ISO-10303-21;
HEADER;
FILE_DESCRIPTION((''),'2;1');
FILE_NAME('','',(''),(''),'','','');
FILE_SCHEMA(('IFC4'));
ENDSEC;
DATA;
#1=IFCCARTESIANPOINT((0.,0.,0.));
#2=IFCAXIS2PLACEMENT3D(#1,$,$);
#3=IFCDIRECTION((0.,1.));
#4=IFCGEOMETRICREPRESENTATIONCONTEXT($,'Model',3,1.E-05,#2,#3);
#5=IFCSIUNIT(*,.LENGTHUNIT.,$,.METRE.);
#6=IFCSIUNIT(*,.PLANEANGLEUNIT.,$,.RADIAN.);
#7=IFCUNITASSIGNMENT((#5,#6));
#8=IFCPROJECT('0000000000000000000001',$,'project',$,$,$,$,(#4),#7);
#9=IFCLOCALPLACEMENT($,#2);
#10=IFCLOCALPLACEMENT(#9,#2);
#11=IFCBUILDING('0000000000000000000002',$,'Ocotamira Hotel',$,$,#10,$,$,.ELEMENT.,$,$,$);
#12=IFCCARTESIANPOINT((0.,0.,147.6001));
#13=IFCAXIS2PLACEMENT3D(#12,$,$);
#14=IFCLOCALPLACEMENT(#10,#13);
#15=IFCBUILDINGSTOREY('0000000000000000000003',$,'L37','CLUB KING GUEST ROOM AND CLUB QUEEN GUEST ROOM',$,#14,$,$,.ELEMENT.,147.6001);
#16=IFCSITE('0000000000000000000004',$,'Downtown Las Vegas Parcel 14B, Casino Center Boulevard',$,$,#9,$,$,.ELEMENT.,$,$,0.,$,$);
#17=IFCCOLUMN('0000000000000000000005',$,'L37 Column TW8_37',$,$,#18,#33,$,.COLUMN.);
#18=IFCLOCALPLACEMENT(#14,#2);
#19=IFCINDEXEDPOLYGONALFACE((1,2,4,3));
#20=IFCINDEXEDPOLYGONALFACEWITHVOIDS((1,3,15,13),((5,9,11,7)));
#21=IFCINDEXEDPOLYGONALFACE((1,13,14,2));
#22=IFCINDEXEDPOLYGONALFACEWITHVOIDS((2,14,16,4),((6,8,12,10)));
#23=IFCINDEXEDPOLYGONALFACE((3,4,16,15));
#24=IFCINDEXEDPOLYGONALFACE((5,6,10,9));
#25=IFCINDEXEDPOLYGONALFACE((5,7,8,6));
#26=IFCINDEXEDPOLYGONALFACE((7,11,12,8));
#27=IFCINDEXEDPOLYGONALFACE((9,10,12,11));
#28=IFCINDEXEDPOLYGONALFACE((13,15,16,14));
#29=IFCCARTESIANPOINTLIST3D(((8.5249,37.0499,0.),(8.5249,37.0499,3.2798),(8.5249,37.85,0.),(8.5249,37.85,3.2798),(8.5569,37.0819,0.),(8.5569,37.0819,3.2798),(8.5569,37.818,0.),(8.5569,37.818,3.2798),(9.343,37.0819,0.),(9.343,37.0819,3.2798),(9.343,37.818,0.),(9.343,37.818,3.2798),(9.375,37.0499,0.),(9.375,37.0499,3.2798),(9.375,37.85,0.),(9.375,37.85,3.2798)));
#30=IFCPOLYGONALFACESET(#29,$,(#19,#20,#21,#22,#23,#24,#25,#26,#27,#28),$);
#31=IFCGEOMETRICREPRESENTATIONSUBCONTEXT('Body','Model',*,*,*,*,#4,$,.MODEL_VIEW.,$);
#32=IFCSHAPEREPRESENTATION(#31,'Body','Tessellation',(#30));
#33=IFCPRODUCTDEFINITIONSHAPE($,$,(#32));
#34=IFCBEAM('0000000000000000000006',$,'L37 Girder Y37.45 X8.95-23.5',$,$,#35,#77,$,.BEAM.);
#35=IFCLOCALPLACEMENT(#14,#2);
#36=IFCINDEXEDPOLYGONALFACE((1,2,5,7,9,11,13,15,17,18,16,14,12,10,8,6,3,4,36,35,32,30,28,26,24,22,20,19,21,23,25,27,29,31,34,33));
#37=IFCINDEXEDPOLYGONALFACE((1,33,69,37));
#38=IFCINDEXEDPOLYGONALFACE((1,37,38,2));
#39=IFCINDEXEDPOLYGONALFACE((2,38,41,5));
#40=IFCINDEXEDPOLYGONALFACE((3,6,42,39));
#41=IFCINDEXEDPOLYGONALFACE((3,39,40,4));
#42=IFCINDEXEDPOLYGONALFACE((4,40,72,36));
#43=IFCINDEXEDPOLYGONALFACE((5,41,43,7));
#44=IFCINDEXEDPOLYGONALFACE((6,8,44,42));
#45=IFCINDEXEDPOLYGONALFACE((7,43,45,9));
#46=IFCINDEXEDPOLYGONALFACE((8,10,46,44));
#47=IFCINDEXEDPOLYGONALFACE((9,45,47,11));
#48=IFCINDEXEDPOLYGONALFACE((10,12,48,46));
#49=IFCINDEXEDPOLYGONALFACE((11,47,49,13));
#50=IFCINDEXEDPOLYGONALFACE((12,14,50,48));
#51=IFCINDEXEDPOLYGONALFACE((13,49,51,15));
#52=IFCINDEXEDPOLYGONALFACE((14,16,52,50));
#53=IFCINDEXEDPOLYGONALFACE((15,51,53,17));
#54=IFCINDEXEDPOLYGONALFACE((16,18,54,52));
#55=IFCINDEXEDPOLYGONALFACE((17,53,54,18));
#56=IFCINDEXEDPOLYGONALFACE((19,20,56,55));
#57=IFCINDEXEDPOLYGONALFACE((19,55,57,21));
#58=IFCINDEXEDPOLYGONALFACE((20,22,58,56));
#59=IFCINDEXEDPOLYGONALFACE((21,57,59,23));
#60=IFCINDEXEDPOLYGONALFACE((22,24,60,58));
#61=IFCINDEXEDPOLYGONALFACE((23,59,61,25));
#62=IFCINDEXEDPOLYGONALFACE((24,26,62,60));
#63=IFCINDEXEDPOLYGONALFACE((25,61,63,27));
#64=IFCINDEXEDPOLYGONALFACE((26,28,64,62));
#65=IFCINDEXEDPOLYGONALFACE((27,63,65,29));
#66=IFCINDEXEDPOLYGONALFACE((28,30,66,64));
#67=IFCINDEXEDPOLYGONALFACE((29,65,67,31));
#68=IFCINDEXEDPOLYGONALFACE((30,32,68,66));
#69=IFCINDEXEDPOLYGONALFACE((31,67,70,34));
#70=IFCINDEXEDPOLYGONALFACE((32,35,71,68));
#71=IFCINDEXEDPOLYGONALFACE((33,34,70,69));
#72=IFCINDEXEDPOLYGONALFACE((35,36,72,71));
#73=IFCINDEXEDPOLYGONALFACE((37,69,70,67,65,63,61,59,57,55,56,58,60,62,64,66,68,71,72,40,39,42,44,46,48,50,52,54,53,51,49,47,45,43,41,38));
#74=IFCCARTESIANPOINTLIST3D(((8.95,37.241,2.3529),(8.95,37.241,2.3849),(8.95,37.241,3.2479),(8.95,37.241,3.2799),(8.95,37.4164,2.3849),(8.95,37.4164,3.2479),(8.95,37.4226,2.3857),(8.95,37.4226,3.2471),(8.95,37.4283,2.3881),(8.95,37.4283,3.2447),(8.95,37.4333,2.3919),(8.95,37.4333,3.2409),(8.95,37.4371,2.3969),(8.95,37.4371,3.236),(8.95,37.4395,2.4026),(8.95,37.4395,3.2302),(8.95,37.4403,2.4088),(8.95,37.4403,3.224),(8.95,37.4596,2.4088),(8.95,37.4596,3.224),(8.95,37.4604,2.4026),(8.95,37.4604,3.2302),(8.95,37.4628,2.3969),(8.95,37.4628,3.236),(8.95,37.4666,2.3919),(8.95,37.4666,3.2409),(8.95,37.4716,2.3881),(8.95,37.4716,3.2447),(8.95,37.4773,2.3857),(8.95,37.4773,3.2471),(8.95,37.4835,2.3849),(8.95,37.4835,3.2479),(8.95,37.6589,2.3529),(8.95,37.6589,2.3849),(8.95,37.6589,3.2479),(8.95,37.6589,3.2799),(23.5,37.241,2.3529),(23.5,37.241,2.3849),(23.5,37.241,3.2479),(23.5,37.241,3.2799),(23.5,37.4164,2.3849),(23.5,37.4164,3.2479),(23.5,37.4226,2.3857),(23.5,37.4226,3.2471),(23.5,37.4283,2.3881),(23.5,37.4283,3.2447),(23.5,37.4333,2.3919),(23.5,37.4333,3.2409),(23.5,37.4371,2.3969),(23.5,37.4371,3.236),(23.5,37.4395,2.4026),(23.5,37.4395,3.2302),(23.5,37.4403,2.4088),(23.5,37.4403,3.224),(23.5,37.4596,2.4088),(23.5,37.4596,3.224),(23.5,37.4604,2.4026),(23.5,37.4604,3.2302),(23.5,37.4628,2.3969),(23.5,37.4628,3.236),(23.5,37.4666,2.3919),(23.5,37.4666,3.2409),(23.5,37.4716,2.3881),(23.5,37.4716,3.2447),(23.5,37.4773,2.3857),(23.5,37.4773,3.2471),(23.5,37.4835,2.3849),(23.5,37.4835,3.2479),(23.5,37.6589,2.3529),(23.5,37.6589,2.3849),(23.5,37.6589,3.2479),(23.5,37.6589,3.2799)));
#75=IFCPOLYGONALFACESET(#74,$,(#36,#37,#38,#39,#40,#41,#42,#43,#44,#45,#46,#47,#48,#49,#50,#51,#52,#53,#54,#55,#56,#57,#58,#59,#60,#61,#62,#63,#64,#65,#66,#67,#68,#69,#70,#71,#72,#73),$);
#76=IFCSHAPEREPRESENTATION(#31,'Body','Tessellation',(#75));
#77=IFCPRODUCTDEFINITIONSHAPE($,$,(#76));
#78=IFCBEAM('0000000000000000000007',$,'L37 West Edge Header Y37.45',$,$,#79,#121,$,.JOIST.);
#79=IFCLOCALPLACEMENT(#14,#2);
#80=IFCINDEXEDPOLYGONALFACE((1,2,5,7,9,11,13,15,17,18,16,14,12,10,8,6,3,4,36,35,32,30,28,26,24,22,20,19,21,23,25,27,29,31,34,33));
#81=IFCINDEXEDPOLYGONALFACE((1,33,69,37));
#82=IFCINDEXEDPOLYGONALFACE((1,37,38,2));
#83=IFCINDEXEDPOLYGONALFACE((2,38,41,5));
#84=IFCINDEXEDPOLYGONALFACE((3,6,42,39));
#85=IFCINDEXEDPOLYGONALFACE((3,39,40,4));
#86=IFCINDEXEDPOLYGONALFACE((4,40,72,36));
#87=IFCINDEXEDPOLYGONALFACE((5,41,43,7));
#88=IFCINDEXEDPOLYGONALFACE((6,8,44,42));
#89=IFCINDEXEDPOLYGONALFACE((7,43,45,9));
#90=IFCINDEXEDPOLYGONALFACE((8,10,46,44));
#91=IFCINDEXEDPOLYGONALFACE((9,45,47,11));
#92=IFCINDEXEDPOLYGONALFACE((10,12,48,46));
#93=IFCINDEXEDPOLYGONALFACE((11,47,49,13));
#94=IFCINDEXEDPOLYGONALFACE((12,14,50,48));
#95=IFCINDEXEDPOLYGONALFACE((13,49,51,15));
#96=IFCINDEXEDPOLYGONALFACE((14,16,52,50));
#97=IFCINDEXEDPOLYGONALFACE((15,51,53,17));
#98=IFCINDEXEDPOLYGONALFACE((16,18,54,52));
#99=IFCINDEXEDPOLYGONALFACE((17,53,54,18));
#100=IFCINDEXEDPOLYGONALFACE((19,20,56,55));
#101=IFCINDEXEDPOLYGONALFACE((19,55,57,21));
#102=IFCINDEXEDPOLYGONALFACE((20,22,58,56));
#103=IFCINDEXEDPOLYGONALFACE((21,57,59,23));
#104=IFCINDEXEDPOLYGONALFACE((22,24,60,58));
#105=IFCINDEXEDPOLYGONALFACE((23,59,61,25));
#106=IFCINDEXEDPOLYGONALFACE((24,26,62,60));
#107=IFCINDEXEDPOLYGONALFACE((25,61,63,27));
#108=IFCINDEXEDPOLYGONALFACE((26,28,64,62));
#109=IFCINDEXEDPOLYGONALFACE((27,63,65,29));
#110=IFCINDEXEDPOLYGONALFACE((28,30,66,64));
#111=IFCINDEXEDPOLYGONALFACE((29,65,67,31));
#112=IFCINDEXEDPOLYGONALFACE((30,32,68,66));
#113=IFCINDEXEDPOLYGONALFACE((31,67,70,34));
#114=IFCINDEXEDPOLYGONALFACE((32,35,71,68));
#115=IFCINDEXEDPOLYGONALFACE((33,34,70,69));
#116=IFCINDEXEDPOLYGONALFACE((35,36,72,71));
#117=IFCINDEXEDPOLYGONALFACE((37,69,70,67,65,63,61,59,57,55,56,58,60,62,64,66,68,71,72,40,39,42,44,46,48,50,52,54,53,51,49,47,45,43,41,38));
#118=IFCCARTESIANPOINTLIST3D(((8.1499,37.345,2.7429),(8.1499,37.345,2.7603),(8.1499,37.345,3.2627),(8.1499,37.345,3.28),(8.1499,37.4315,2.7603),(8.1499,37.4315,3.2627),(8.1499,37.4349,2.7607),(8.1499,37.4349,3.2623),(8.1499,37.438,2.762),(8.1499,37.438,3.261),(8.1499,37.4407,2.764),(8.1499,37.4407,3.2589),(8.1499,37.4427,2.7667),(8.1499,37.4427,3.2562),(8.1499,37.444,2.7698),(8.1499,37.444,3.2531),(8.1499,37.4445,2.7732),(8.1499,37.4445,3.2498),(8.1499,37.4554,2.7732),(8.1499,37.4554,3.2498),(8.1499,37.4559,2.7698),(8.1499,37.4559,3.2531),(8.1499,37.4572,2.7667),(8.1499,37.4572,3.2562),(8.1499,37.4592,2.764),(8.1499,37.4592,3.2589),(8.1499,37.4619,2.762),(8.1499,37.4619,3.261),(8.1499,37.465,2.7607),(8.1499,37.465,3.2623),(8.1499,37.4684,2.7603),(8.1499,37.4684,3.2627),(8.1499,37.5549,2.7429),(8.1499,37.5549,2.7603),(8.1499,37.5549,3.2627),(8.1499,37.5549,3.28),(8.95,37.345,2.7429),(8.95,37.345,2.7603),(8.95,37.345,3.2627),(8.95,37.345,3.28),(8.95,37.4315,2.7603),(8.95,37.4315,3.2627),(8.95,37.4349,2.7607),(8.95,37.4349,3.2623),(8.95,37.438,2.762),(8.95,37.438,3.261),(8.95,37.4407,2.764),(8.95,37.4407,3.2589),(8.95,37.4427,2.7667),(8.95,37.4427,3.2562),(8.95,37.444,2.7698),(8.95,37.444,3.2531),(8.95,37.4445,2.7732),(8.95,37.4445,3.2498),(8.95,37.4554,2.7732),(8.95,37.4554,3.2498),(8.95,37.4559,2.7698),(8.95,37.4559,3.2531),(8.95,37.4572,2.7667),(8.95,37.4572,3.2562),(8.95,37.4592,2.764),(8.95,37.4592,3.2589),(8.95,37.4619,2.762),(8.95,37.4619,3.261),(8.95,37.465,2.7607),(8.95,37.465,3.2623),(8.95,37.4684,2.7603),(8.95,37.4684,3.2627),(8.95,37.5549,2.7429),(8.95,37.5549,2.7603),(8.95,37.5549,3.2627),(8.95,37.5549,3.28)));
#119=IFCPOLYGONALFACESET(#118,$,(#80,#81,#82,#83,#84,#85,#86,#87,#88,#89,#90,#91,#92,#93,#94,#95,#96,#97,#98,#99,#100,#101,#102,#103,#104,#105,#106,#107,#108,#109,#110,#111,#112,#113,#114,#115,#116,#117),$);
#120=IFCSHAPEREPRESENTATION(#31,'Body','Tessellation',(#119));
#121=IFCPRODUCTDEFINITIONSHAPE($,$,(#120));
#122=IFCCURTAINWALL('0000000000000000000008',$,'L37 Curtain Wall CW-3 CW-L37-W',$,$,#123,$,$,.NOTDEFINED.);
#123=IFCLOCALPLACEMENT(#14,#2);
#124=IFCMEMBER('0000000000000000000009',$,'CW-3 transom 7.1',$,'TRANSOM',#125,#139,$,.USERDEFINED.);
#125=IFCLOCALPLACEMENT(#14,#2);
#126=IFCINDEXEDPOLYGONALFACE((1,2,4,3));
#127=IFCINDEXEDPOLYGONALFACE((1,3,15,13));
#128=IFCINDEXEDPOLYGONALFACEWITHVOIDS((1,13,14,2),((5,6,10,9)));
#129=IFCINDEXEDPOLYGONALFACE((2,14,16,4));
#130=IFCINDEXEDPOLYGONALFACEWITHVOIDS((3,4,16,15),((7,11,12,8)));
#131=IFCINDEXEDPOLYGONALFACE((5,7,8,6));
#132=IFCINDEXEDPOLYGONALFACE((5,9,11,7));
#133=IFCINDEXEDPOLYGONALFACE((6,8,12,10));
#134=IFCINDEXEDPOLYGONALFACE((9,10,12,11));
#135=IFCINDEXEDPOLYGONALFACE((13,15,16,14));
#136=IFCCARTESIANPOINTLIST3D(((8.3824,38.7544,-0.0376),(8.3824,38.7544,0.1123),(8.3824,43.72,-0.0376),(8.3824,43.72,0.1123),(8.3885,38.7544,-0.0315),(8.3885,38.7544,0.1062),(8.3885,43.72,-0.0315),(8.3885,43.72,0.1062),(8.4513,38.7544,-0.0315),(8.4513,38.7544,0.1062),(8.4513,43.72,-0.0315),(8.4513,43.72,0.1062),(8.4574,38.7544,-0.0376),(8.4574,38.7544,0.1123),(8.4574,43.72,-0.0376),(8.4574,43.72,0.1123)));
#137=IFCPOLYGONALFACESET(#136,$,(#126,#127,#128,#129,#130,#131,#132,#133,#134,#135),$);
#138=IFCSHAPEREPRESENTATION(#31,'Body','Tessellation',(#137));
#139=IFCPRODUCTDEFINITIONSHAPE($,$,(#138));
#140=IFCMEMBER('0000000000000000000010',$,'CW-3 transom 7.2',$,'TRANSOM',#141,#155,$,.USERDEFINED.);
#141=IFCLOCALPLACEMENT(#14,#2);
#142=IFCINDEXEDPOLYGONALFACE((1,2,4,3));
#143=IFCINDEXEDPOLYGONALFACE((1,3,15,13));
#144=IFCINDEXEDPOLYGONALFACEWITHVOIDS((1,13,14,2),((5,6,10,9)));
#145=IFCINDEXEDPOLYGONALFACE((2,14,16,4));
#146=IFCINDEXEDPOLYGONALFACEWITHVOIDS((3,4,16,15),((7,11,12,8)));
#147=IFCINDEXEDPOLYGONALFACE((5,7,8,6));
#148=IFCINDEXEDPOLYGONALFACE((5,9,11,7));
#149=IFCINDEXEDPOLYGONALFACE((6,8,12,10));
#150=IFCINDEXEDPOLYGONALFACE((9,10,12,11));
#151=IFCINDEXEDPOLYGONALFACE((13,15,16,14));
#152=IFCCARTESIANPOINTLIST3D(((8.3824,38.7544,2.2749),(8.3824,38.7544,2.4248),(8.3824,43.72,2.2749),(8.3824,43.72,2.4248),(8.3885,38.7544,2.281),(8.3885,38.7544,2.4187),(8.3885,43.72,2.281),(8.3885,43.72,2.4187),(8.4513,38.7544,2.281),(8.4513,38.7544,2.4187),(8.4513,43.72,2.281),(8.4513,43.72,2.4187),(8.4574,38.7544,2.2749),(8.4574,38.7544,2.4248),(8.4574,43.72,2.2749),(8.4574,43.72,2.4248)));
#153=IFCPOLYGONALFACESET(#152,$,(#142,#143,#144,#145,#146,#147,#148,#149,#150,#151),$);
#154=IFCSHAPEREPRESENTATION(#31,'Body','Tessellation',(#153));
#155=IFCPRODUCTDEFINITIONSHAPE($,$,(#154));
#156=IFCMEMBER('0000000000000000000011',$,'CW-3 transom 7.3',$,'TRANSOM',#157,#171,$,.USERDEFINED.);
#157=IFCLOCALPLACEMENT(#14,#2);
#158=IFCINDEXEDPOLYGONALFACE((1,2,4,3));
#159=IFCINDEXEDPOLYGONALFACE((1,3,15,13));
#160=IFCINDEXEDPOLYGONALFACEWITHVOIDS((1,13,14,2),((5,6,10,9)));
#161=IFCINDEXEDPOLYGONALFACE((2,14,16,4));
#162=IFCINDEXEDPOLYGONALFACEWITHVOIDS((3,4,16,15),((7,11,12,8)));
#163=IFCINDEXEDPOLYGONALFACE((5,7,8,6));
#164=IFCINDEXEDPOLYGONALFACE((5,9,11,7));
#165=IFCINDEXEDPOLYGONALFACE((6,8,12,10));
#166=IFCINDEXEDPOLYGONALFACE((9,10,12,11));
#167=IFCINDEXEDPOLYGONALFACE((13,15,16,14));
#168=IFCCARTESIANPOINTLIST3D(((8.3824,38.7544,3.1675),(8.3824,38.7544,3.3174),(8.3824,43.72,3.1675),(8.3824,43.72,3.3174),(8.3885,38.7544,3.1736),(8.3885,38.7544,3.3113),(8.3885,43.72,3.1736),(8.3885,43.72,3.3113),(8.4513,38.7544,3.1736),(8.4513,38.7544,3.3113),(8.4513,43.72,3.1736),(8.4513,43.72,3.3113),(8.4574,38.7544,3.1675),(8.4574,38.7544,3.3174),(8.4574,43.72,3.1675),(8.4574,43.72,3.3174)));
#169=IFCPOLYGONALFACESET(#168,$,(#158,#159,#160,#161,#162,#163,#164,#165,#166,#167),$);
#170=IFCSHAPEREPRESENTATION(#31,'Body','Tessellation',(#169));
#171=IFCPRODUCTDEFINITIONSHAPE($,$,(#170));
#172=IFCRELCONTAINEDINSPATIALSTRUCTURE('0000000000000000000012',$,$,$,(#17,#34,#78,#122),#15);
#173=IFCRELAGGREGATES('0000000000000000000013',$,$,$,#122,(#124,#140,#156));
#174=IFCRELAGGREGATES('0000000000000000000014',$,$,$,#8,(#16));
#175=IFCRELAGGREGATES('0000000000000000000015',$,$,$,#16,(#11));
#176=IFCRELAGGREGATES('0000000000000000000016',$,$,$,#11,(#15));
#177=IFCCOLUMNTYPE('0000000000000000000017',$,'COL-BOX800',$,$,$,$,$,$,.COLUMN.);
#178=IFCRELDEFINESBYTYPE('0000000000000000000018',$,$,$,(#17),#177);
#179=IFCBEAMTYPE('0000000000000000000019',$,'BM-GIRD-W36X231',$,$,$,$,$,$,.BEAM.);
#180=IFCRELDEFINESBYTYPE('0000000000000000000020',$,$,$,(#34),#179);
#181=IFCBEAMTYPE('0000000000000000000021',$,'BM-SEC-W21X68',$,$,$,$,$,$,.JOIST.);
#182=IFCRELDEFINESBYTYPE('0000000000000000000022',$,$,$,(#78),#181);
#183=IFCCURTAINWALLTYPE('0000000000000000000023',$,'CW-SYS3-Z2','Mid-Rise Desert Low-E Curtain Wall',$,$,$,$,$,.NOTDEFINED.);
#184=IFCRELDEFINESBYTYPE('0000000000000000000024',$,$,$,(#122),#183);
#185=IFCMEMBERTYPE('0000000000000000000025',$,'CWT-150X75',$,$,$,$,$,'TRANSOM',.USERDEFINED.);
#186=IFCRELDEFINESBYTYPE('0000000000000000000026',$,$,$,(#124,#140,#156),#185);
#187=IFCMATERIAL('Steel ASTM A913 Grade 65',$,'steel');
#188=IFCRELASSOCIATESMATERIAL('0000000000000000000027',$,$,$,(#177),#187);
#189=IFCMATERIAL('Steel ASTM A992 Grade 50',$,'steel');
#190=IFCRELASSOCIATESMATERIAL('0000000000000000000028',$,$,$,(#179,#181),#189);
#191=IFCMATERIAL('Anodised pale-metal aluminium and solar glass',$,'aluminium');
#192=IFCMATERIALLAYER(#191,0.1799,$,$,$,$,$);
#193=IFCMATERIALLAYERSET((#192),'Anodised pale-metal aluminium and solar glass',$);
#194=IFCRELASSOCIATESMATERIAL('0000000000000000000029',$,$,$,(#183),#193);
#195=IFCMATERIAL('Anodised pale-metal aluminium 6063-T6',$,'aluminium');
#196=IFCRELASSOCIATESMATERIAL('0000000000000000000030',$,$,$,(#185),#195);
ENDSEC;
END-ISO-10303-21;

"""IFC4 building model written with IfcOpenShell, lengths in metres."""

from ifc_helpers import new_model, si_unit, direction, frame, origin, origin_2d, place, context, subcontext, project, spatial, hollow_rectangle, i_section, extrude, source, transform, mapped, material, layer, layer_set, material_profile, profile_set, type_object, element, aggregate, save


model = new_model("IFC4")

# Units and contexts
model_context = context("Model", 3, precision=1e-05, world=origin(), true_north=direction((0.0, 1.0)))
body_context = subcontext(model_context, "Body", "Model", "MODEL_VIEW")
ifc_project = project(units=[si_unit("LENGTHUNIT", "METRE"), si_unit("PLANEANGLEUNIT", "RADIAN")], contexts=[model_context])

# Site, building, storey
site_placement = place(None, origin())
site = spatial("IfcSite", under=ifc_project, at=site_placement, Name="Downtown Las Vegas Parcel 14B, Casino Center Boulevard", CompositionType="ELEMENT", RefElevation=0.0)
building_placement = place(site_placement, origin())
building = spatial("IfcBuilding", under=site, at=building_placement, Name="Ocotamira Hotel", CompositionType="ELEMENT")
storey_placement = place(building_placement, frame((0.0, 0.0, 147.6001)))
storey = spatial("IfcBuildingStorey", under=building, at=storey_placement, Name="L37", Description="CLUB KING GUEST ROOM AND CLUB QUEEN GUEST ROOM", CompositionType="ELEMENT", Elevation=147.6001)

# Column
ifc_material_1 = material(Name="Steel ASTM A913 Grade 65", Category="steel")
ifc_material_profile_1 = material_profile(ifc_material_1, hollow_rectangle(XDim=0.8501, YDim=0.8, WallThickness=0.032, at=origin_2d()), Name="BOX800X850X32")
ifc_profile_set_1 = profile_set([ifc_material_profile_1], Name="Steel ASTM A913 Grade 65")
column_type = type_object("IfcColumnType", Name="COL-BOX800", PredefinedType="COLUMN", material=ifc_profile_set_1)
shared_shape_1 = source(origin(), body_context, "Body", "SweptSolid", [
    extrude(hollow_rectangle(XDim=0.8501, YDim=0.8, WallThickness=0.032, at=origin_2d()), origin(), (0.0, 0.0, 1.0), 3.2798),
])
column_placement = place(storey_placement, frame((8.95, 37.45, 0.0), z_axis=(0.0, 0.0, 1.0), x_axis=(1.0, 0.0, 0.0)))
element("IfcColumn", 1, at=column_placement, inside=storey, type_object=column_type, Name="L37 Column TW8_37", PredefinedType="COLUMN", context=body_context, shape_type="MappedRepresentation", body=[
    mapped(shared_shape_1, transform((0.0, 0.0, 0.0), scale=1.0)),
])

# Beams
ifc_material_2 = material(Name="Steel ASTM A992 Grade 50", Category="steel")
ifc_material_profile_2 = material_profile(ifc_material_2, i_section(OverallWidth=0.418, OverallDepth=0.927, WebThickness=0.0193, FlangeThickness=0.032, FilletRadius=0.0239, at=origin_2d()), Name="W36X231")
ifc_profile_set_2 = profile_set([ifc_material_profile_2], Name="Steel ASTM A992 Grade 50")
beam_type_1 = type_object("IfcBeamType", Name="BM-GIRD-W36X231", PredefinedType="BEAM", material=ifc_profile_set_2)
shared_shape_2 = source(origin(), body_context, "Body", "SweptSolid", [
    extrude(i_section(OverallWidth=0.418, OverallDepth=0.927, WebThickness=0.0193, FlangeThickness=0.032, FilletRadius=0.0239, at=origin_2d()), origin(), (0.0, 0.0, 1.0), 14.55),
])
beam_1_placement = place(storey_placement, frame((8.95, 37.45, 2.8164), z_axis=(1.0, 0.0, 0.0), x_axis=(0.0, 1.0, 0.0)))
element("IfcBeam", 2, at=beam_1_placement, inside=storey, type_object=beam_type_1, Name="L37 Girder Y37.45 X8.95-23.5", PredefinedType="BEAM", context=body_context, shape_type="MappedRepresentation", body=[
    mapped(shared_shape_2, transform((0.0, 0.0, 0.0), scale=1.0)),
])
ifc_material_profile_3 = material_profile(ifc_material_2, i_section(OverallWidth=0.21, OverallDepth=0.5371, WebThickness=0.011, FlangeThickness=0.0173, FilletRadius=0.0129, at=origin_2d()), Name="W21X68")
ifc_profile_set_3 = profile_set([ifc_material_profile_3], Name="Steel ASTM A992 Grade 50")
beam_type_2 = type_object("IfcBeamType", Name="BM-SEC-W21X68", PredefinedType="JOIST", material=ifc_profile_set_3)
shared_shape_3 = source(origin(), body_context, "Body", "SweptSolid", [
    extrude(i_section(OverallWidth=0.21, OverallDepth=0.5371, WebThickness=0.011, FlangeThickness=0.0173, FilletRadius=0.0129, at=origin_2d()), origin(), (0.0, 0.0, 1.0), 0.8),
])
beam_2_placement = place(storey_placement, frame((8.95, 37.45, 3.0115), z_axis=(-1.0, 0.0, 0.0), x_axis=(0.0, -1.0, 0.0)))
element("IfcBeam", 3, at=beam_2_placement, inside=storey, type_object=beam_type_2, Name="L37 West Edge Header Y37.45", PredefinedType="JOIST", context=body_context, shape_type="MappedRepresentation", body=[
    mapped(shared_shape_3, transform((0.0, 0.0, 0.0), scale=1.0)),
])

# Curtain wall, members
ifc_material_3 = material(Name="Anodised pale-metal aluminium and solar glass", Category="aluminium")
ifc_layer_1 = layer(ifc_material_3, 0.1799)
ifc_layer_set_1 = layer_set([ifc_layer_1], Name="Anodised pale-metal aluminium and solar glass")
curtain_wall_type = type_object("IfcCurtainWallType", Name="CW-SYS3-Z2", Description="Mid-Rise Desert Low-E Curtain Wall", PredefinedType="NOTDEFINED", material=ifc_layer_set_1)
curtain_wall_placement = place(storey_placement, origin())
curtain_wall = element("IfcCurtainWall", 4, at=curtain_wall_placement, inside=storey, type_object=curtain_wall_type, Name="L37 Curtain Wall CW-3 CW-L37-W", PredefinedType="NOTDEFINED")
ifc_material_4 = material(Name="Anodised pale-metal aluminium 6063-T6", Category="aluminium")
ifc_material_profile_4 = material_profile(ifc_material_4, hollow_rectangle(XDim=0.075, YDim=0.1499, WallThickness=0.0061, at=origin_2d()), Name="HSS150X75X6")
ifc_profile_set_4 = profile_set([ifc_material_profile_4], Name="Anodised pale-metal aluminium 6063-T6")
member_type_1 = type_object("IfcMemberType", Name="CWT-150X75", ElementType="TRANSOM", PredefinedType="USERDEFINED", material=ifc_profile_set_4)
shared_shape_4 = source(origin(), body_context, "Body", "SweptSolid", [
    extrude(hollow_rectangle(XDim=0.075, YDim=0.1499, WallThickness=0.0061, at=origin_2d()), origin(), (0.0, 0.0, 1.0), 4.9656),
])
member_1_placement = place(storey_placement, frame((8.4199, 38.7544, 0.0374), z_axis=(0.0, 1.0, 0.0), x_axis=(-1.0, 0.0, 0.0)))
member_1 = element("IfcMember", 5, at=member_1_placement, type_object=member_type_1, Name="CW-3 transom 7.1", ObjectType="TRANSOM", PredefinedType="USERDEFINED", context=body_context, shape_type="MappedRepresentation", body=[
    mapped(shared_shape_4, transform((0.0, 0.0, 0.0), scale=1.0)),
])
member_2_placement = place(storey_placement, frame((8.4199, 38.7544, 2.3499), z_axis=(0.0, 1.0, 0.0), x_axis=(-1.0, 0.0, 0.0)))
member_2 = element("IfcMember", 6, at=member_2_placement, type_object=member_type_1, Name="CW-3 transom 7.2", ObjectType="TRANSOM", PredefinedType="USERDEFINED", context=body_context, shape_type="MappedRepresentation", body=[
    mapped(shared_shape_4, transform((0.0, 0.0, 0.0), scale=1.0)),
])
member_3_placement = place(storey_placement, frame((8.4199, 38.7544, 3.2424), z_axis=(0.0, 1.0, 0.0), x_axis=(-1.0, 0.0, 0.0)))
member_3 = element("IfcMember", 7, at=member_3_placement, type_object=member_type_1, Name="CW-3 transom 7.3", ObjectType="TRANSOM", PredefinedType="USERDEFINED", context=body_context, shape_type="MappedRepresentation", body=[
    mapped(shared_shape_4, transform((0.0, 0.0, 0.0), scale=1.0)),
])
aggregate(curtain_wall, [member_1, member_2, member_3])

save(model, "model.ifc")
